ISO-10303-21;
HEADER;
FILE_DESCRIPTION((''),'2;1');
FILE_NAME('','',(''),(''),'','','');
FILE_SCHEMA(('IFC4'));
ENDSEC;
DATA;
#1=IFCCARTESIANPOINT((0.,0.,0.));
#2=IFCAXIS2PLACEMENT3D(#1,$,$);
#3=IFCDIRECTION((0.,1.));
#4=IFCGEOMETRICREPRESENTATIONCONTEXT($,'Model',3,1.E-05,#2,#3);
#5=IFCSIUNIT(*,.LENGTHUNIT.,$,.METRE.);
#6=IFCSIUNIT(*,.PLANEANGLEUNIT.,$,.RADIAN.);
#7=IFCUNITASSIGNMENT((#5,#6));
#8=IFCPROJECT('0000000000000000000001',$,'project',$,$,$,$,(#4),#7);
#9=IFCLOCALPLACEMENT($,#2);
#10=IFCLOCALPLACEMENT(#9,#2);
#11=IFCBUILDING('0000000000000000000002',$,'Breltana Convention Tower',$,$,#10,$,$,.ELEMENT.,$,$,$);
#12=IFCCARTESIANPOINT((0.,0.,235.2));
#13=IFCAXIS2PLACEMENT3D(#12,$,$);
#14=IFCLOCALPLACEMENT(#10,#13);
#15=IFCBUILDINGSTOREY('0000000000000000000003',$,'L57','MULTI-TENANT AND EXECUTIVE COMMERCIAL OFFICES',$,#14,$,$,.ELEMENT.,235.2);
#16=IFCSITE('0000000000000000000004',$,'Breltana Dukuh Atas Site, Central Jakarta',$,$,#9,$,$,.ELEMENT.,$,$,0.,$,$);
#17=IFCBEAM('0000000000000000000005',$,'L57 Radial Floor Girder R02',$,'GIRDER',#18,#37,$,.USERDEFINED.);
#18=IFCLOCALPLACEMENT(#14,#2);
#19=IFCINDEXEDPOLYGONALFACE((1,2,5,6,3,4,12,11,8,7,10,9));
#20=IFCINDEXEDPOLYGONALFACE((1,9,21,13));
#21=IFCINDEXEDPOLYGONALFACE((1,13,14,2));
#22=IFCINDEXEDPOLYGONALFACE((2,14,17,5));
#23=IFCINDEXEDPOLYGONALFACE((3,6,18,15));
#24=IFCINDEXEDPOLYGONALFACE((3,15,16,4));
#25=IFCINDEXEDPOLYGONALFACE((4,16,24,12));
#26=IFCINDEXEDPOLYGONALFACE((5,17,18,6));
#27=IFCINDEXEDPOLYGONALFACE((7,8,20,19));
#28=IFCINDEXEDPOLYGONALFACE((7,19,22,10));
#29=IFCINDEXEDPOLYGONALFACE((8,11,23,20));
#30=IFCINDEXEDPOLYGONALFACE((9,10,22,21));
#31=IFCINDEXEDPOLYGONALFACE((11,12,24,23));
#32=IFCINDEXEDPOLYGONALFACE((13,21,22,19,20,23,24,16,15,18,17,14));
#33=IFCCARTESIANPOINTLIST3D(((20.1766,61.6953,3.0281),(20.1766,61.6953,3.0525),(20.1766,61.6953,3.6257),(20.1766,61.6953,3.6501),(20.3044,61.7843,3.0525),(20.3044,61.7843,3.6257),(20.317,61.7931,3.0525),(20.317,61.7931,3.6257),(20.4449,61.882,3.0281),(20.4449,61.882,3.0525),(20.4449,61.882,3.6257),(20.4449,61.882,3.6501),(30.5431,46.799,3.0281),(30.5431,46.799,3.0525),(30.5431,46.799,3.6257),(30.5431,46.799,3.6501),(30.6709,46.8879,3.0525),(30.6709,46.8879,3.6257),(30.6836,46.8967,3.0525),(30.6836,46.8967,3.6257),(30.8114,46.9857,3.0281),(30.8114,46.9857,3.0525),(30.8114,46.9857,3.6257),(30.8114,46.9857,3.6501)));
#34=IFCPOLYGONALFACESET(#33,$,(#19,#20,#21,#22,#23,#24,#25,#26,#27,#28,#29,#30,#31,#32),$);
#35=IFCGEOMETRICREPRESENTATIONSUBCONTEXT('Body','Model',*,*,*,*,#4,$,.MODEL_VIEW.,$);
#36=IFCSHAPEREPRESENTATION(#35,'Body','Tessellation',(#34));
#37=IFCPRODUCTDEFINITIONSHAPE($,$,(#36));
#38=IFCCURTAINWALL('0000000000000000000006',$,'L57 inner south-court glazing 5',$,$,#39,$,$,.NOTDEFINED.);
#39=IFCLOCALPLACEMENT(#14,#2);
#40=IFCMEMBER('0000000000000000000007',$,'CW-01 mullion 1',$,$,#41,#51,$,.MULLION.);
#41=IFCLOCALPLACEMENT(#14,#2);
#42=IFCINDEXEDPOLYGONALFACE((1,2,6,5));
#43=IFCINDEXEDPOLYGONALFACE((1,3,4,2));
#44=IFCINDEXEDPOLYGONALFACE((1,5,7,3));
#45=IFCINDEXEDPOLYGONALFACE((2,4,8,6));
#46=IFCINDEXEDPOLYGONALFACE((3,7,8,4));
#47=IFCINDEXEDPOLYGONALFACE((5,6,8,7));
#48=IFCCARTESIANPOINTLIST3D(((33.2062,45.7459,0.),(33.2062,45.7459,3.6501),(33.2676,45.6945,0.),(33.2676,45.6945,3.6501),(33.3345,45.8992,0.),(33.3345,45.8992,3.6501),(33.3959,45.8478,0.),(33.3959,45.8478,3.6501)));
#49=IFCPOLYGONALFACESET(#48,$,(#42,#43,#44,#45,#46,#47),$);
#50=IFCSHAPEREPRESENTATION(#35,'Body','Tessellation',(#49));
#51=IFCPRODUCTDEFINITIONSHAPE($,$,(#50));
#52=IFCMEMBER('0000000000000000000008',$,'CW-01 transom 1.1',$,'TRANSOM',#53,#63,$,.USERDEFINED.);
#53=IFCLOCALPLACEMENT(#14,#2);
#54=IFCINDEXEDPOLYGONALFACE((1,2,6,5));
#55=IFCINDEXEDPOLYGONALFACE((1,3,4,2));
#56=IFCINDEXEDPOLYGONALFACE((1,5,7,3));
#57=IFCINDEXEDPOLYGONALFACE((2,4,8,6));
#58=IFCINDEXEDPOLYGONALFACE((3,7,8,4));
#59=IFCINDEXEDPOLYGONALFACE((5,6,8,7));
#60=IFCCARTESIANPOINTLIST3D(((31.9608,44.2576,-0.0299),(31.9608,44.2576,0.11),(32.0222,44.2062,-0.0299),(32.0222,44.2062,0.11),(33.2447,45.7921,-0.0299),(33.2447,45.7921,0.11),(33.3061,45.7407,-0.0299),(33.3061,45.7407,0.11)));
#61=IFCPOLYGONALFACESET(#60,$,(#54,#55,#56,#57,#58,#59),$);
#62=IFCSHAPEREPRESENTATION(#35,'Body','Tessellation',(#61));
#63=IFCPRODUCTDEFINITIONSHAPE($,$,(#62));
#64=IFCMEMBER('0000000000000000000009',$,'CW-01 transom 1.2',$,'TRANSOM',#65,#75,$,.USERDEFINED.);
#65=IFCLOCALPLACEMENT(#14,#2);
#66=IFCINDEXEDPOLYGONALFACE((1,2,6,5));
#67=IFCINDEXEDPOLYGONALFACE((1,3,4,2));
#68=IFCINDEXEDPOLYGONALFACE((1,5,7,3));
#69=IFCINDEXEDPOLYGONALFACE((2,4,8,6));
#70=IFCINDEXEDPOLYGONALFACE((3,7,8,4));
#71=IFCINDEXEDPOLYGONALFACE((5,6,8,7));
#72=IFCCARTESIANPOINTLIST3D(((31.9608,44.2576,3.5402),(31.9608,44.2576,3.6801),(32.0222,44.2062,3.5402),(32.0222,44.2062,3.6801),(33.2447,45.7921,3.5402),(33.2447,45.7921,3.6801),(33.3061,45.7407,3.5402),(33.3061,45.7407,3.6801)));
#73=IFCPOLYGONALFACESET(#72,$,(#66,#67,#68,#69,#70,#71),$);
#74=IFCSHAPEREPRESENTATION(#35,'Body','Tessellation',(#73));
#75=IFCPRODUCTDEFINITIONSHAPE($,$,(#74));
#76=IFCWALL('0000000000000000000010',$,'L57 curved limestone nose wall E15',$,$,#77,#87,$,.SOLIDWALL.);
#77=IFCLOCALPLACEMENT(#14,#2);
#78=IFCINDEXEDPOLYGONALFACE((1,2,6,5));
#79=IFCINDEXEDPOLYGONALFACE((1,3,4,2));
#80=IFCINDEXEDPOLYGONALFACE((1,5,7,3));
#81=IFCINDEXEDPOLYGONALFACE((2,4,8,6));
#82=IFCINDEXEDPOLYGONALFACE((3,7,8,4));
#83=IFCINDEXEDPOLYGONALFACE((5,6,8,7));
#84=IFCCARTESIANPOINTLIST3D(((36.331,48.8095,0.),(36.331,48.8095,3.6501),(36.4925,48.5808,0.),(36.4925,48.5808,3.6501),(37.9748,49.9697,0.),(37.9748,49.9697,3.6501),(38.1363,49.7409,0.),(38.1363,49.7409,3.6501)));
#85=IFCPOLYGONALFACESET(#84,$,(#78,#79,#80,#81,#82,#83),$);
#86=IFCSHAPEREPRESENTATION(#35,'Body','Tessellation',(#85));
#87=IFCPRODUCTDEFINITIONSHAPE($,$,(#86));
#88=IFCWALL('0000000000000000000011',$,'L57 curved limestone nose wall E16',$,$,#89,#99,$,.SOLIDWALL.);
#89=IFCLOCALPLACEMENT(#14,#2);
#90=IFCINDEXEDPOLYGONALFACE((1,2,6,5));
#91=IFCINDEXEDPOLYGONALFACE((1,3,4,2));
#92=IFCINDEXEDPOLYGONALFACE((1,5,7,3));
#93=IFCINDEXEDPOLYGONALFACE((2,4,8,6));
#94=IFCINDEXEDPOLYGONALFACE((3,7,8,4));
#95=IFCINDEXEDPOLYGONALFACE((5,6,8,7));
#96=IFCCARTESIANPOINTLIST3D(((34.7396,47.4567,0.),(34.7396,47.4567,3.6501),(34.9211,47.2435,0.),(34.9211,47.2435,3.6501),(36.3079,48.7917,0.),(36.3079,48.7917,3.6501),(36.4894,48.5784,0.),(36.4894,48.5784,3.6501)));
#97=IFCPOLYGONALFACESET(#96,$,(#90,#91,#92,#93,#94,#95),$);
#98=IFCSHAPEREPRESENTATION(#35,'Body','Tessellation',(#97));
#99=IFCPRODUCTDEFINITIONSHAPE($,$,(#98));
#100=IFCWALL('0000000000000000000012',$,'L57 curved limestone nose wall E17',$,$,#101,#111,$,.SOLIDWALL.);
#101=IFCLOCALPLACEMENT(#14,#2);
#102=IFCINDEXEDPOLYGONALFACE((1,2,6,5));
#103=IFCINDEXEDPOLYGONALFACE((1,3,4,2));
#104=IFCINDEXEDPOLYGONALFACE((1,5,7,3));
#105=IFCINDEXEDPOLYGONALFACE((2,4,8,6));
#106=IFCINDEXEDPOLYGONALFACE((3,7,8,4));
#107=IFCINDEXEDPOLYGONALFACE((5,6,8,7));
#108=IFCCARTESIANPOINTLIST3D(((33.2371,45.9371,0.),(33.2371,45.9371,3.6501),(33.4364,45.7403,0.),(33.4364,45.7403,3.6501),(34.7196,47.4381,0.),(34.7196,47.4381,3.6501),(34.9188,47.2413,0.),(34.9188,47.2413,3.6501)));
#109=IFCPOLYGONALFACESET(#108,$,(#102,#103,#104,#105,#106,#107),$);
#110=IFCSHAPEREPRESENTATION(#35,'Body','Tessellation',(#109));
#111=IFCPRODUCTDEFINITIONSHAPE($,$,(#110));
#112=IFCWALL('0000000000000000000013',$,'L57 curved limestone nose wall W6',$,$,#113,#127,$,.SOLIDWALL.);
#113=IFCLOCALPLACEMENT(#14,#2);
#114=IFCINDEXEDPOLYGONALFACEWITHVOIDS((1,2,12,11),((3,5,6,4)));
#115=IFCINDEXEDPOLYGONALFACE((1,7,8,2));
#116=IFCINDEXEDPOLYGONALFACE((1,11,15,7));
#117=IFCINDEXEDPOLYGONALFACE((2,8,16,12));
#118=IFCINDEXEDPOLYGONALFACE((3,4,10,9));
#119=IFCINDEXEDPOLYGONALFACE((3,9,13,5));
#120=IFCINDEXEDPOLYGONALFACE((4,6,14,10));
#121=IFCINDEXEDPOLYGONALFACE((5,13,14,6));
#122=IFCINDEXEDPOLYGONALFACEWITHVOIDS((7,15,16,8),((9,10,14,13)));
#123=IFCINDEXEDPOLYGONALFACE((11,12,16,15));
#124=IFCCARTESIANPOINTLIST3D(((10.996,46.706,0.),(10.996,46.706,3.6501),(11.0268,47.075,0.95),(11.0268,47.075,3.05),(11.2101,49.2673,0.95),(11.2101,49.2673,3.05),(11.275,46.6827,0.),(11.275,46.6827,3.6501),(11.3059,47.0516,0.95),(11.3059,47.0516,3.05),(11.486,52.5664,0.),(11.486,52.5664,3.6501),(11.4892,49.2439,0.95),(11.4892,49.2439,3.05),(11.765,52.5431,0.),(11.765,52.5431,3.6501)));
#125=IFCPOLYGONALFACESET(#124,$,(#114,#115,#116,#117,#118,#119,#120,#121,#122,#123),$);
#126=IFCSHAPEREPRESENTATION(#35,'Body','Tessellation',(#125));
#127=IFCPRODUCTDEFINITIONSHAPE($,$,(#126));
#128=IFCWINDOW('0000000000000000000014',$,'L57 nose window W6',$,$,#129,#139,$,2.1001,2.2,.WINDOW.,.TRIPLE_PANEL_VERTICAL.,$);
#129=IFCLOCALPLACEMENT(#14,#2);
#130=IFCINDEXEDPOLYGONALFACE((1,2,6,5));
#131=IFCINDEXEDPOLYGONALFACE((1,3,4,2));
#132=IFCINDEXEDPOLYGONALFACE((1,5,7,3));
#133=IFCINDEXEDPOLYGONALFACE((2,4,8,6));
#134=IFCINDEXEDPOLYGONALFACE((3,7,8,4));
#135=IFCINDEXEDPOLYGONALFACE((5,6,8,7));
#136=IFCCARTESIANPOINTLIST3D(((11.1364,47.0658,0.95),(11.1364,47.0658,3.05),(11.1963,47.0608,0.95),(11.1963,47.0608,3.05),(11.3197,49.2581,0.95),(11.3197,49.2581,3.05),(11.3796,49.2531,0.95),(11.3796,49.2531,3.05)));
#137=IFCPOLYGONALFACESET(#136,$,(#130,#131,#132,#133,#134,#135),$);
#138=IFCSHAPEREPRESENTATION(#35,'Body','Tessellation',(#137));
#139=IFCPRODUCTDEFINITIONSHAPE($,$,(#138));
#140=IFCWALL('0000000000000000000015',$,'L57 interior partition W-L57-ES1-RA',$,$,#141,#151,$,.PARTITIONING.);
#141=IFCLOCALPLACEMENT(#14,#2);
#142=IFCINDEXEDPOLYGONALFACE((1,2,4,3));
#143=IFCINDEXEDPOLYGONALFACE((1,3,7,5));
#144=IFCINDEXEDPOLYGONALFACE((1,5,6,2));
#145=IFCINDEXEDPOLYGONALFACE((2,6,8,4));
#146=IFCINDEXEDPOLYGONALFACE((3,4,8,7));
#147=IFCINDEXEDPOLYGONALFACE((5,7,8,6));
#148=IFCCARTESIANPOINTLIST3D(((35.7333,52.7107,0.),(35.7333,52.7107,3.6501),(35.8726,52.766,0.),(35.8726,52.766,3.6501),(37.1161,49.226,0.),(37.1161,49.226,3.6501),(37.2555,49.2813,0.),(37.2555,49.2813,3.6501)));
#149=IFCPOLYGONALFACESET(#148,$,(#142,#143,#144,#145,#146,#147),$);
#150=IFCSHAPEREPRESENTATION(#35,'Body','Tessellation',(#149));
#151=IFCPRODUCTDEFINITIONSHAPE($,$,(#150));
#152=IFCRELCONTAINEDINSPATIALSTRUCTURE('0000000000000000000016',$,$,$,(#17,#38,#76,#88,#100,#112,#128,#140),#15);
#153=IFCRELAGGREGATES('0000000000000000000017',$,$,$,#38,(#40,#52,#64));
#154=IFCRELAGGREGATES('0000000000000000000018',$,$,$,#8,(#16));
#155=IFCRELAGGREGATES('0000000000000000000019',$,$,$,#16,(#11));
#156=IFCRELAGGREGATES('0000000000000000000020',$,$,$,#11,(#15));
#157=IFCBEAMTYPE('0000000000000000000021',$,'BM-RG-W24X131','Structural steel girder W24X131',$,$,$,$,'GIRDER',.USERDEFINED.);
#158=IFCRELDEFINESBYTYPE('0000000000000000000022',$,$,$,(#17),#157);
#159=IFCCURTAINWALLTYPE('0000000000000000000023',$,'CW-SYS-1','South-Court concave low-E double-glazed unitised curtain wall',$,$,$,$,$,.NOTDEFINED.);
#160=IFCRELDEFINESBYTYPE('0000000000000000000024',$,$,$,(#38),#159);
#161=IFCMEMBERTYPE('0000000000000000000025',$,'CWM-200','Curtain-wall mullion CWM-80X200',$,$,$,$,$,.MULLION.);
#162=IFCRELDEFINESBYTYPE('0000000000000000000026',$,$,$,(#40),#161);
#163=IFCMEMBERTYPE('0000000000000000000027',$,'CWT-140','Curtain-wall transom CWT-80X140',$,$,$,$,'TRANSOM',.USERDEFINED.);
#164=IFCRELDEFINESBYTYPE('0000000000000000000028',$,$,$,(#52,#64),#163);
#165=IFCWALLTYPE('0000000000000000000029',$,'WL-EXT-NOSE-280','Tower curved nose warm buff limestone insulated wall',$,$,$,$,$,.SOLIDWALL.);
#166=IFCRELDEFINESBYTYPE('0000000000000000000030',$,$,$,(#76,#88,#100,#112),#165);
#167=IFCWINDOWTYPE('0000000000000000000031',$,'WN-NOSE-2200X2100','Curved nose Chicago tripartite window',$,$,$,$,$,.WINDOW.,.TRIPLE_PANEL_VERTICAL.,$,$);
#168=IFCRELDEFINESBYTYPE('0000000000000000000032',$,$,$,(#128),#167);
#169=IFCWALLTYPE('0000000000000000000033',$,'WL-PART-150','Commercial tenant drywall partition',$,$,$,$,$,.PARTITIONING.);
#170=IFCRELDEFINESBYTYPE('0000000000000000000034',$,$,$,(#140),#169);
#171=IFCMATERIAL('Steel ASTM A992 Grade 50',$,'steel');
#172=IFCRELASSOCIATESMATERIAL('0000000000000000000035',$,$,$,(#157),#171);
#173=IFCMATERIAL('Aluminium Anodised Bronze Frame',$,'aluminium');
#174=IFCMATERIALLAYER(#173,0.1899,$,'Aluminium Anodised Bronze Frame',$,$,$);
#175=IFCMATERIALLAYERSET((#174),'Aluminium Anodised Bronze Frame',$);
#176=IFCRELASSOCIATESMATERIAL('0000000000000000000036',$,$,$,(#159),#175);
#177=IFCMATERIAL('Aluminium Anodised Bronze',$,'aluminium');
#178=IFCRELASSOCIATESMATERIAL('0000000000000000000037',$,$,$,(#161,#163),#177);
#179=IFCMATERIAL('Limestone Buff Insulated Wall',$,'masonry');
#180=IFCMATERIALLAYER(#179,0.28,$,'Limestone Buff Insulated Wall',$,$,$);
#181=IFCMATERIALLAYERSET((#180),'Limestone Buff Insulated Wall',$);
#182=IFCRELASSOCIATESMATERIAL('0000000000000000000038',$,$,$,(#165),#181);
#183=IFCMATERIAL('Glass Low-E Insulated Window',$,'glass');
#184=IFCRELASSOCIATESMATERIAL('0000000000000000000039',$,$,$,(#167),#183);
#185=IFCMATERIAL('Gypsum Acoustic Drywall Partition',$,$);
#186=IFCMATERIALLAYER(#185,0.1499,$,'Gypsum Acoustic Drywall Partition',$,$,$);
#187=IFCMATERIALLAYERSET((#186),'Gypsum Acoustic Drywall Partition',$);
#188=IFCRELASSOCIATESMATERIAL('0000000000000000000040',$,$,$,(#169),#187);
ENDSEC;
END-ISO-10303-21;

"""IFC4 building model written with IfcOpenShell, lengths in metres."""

from ifc_helpers import new_model, si_unit, direction, frame, frame_2d, origin, origin_2d, place, context, subcontext, project, spatial, rectangle, i_section, extrude, source, transform, mapped, material, layer, layer_set, material_profile, profile_set, type_object, type_shapes, element, fill, aggregate, save


model = new_model("IFC4")

# Units and contexts
model_context = context("Model", 3, precision=1e-05, world=origin(), true_north=direction((0.0, 1.0)))
body_context = subcontext(model_context, "Body", "Model", "MODEL_VIEW")
ifc_project = project(units=[si_unit("LENGTHUNIT", "METRE"), si_unit("PLANEANGLEUNIT", "RADIAN")], contexts=[model_context])

# Site, building, storey
site_placement = place(None, origin())
site = spatial("IfcSite", under=ifc_project, at=site_placement, Name="Breltana Dukuh Atas Site, Central Jakarta", CompositionType="ELEMENT", RefElevation=0.0)
building_placement = place(site_placement, origin())
building = spatial("IfcBuilding", under=site, at=building_placement, Name="Breltana Convention Tower", CompositionType="ELEMENT")
storey_placement = place(building_placement, frame((0.0, 0.0, 235.2)))
storey = spatial("IfcBuildingStorey", under=building, at=storey_placement, Name="L57", Description="MULTI-TENANT AND EXECUTIVE COMMERCIAL OFFICES", CompositionType="ELEMENT", Elevation=235.2)

# Shared definitions
ifc_material_1 = material(Name="Steel ASTM A992 Grade 50", Category="steel")

# Beam
ifc_material_profile_1 = material_profile(ifc_material_1, i_section(OverallWidth=0.3269, OverallDepth=0.6221, WebThickness=0.0154, FlangeThickness=0.0244, at=origin_2d()), Name="W24X131")
ifc_profile_set_1 = profile_set([ifc_material_profile_1], Name="Steel ASTM A992 Grade 50")
beam_type_1 = type_object("IfcBeamType", Name="BM-RG-W24X131", Description="Structural steel girder W24X131", ElementType="GIRDER", PredefinedType="USERDEFINED", material=ifc_profile_set_1)
shared_shape_1 = source(origin(), body_context, "Body", "SweptSolid", [
    extrude(i_section(OverallWidth=0.3269, OverallDepth=0.6221, WebThickness=0.0154, FlangeThickness=0.0244, at=origin_2d()), origin(), (0.0, 0.0, 1.0), 18.1484),
])
beam_1_placement = place(storey_placement, frame((30.6772, 46.8923, 3.3391), z_axis=(-0.571208, 0.820806, 0.0), x_axis=(-0.820806, -0.571208, 0.0)))
element("IfcBeam", 1, at=beam_1_placement, inside=storey, type_object=beam_type_1, Name="L57 Radial Floor Girder R02", ObjectType="GIRDER", PredefinedType="USERDEFINED", context=body_context, shape_type="MappedRepresentation", body=[
    mapped(shared_shape_1, transform((0.0, 0.0, 0.0), scale=1.0)),
])

# Curtain wall, members
ifc_material_2 = material(Name="Aluminium Anodised Bronze Frame", Category="aluminium")
ifc_layer_1 = layer(ifc_material_2, 0.1899, Name="Aluminium Anodised Bronze Frame")
ifc_layer_set_1 = layer_set([ifc_layer_1], Name="Aluminium Anodised Bronze Frame")
curtain_wall_type = type_object("IfcCurtainWallType", Name="CW-SYS-1", Description="South-Court concave low-E double-glazed unitised curtain wall", PredefinedType="NOTDEFINED", material=ifc_layer_set_1)
curtain_wall_placement = place(storey_placement, origin())
curtain_wall = element("IfcCurtainWall", 2, at=curtain_wall_placement, inside=storey, type_object=curtain_wall_type, Name="L57 inner south-court glazing 5", PredefinedType="NOTDEFINED")
ifc_material_3 = material(Name="Aluminium Anodised Bronze", Category="aluminium")
ifc_material_profile_2 = material_profile(ifc_material_3, rectangle(XDim=0.0801, YDim=0.2, at=origin_2d()), Name="CWM-80X200")
ifc_profile_set_2 = profile_set([ifc_material_profile_2], Name="Aluminium Anodised Bronze")
member_type_1 = type_object("IfcMemberType", Name="CWM-200", Description="Curtain-wall mullion CWM-80X200", PredefinedType="MULLION", material=ifc_profile_set_2)
shared_shape_2 = source(origin(), body_context, "Body", "SweptSolid", [
    extrude(rectangle(XDim=0.0801, YDim=0.2, at=origin_2d()), origin(), (0.0, 0.0, 1.0), 3.6501),
])
member_1_placement = place(storey_placement, frame((33.301, 45.7969, 0.0), z_axis=(0.0, 0.0, 1.0), x_axis=(0.766884, -0.641785, 0.0)))
member_1 = element("IfcMember", 3, at=member_1_placement, type_object=member_type_1, Name="CW-01 mullion 1", PredefinedType="MULLION", context=body_context, shape_type="MappedRepresentation", body=[
    mapped(shared_shape_2, transform((0.0, 0.0, 0.0), scale=1.0)),
])
ifc_material_profile_3 = material_profile(ifc_material_3, rectangle(XDim=0.0801, YDim=0.1399, at=origin_2d()), Name="CWT-80X140")
ifc_profile_set_3 = profile_set([ifc_material_profile_3], Name="Aluminium Anodised Bronze")
member_type_2 = type_object("IfcMemberType", Name="CWT-140", Description="Curtain-wall transom CWT-80X140", ElementType="TRANSOM", PredefinedType="USERDEFINED", material=ifc_profile_set_3)
shared_shape_3 = source(origin(), body_context, "Body", "SweptSolid", [
    extrude(rectangle(XDim=0.0801, YDim=0.1399, at=origin_2d()), origin(), (0.0, 0.0, 1.0), 2.0007),
])
member_2_placement = place(storey_placement, frame((33.2754, 45.7664, 0.04), z_axis=(-0.641731, -0.766929, 0.0), x_axis=(0.766929, -0.641731, 0.0)))
member_2 = element("IfcMember", 4, at=member_2_placement, type_object=member_type_2, Name="CW-01 transom 1.1", ObjectType="TRANSOM", PredefinedType="USERDEFINED", context=body_context, shape_type="MappedRepresentation", body=[
    mapped(shared_shape_3, transform((0.0, 0.0, 0.0), scale=1.0)),
])
member_3_placement = place(storey_placement, frame((33.2754, 45.7664, 3.6101), z_axis=(-0.641731, -0.766929, 0.0), x_axis=(0.766929, -0.641731, 0.0)))
member_3 = element("IfcMember", 5, at=member_3_placement, type_object=member_type_2, Name="CW-01 transom 1.2", ObjectType="TRANSOM", PredefinedType="USERDEFINED", context=body_context, shape_type="MappedRepresentation", body=[
    mapped(shared_shape_3, transform((0.0, 0.0, 0.0), scale=1.0)),
])
aggregate(curtain_wall, [member_1, member_2, member_3])

# Walls
ifc_material_4 = material(Name="Limestone Buff Insulated Wall", Category="masonry")
ifc_layer_2 = layer(ifc_material_4, 0.28, Name="Limestone Buff Insulated Wall")
ifc_layer_set_2 = layer_set([ifc_layer_2], Name="Limestone Buff Insulated Wall")
wall_type_1 = type_object("IfcWallType", Name="WL-EXT-NOSE-280", Description="Tower curved nose warm buff limestone insulated wall", PredefinedType="SOLIDWALL", material=ifc_layer_set_2)
shared_shape_4 = source(origin(), body_context, "Body", "SweptSolid", [
    extrude(rectangle(XDim=2.012, YDim=0.28, at=frame_2d((1.0059, 0.0))), origin(), (0.0, 0.0, 1.0), 3.6501),
])
wall_1_placement = place(storey_placement, frame((38.0554, 49.8552, 0.0), z_axis=(0.0, 0.0, 1.0), x_axis=(-0.817008, -0.576626, 0.0)))
element("IfcWall", 6, at=wall_1_placement, inside=storey, type_object=wall_type_1, Name="L57 curved limestone nose wall E15", PredefinedType="SOLIDWALL", context=body_context, shape_type="MappedRepresentation", body=[
    mapped(shared_shape_4, transform((0.0, 0.0, 0.0), scale=1.0)),
])
shared_shape_5 = source(origin(), body_context, "Body", "SweptSolid", [
    extrude(rectangle(XDim=2.0596, YDim=0.28, at=frame_2d((1.0298, 0.0))), origin(), (0.0, 0.0, 1.0), 3.6501),
])
wall_2_placement = place(storey_placement, frame((36.3987, 48.6851, 0.0), z_axis=(0.0, 0.0, 1.0), x_axis=(-0.761495, -0.648171, 0.0)))
element("IfcWall", 7, at=wall_2_placement, inside=storey, type_object=wall_type_1, Name="L57 curved limestone nose wall E16", PredefinedType="SOLIDWALL", context=body_context, shape_type="MappedRepresentation", body=[
    mapped(shared_shape_5, transform((0.0, 0.0, 0.0), scale=1.0)),
])
shared_shape_6 = source(origin(), body_context, "Body", "SweptSolid", [
    extrude(rectangle(XDim=2.1096, YDim=0.28, at=frame_2d((1.0547, 0.0))), origin(), (0.0, 0.0, 1.0), 3.6501),
])
wall_3_placement = place(storey_placement, frame((34.8191, 47.3396, 0.0), z_axis=(0.0, 0.0, 1.0), x_axis=(-0.702695, -0.711491, 0.0)))
element("IfcWall", 8, at=wall_3_placement, inside=storey, type_object=wall_type_1, Name="L57 curved limestone nose wall E17", PredefinedType="SOLIDWALL", context=body_context, shape_type="MappedRepresentation", body=[
    mapped(shared_shape_6, transform((0.0, 0.0, 0.0), scale=1.0)),
])

# Wall, opening, window
shared_shape_7 = source(origin(), body_context, "Body", "SweptSolid", [
    extrude(rectangle(XDim=5.8809, YDim=0.28, at=frame_2d((2.9404, 0.0))), origin(), (0.0, 0.0, 1.0), 3.6501),
])
wall_4_placement = place(storey_placement, frame((11.1355, 46.6943, 0.0), z_axis=(0.0, 0.0, 1.0), x_axis=(0.08332, 0.996523, 0.0)))
wall_4 = element("IfcWall", 9, at=wall_4_placement, inside=storey, type_object=wall_type_1, Name="L57 curved limestone nose wall W6", PredefinedType="SOLIDWALL", context=body_context, shape_type="MappedRepresentation", body=[
    mapped(shared_shape_7, transform((0.0, 0.0, 0.0), scale=1.0)),
])
opening_placement = place(wall_4_placement, frame((0.3701, 0.0, 0.95)))
opening = element("IfcOpeningElement", 10, at=opening_placement, cuts=wall_4, PredefinedType="OPENING", context=body_context, shape_type="SweptSolid", body=[
    extrude(rectangle(XDim=2.2, YDim=2.1001, at=frame_2d((1.1001, 1.05))), frame((0.0, 0.1499, 0.0), z_axis=(0.0, -1.0, 0.0), x_axis=(1.0, 0.0, 0.0)), (0.0, 0.0, 1.0), 0.3),
])
ifc_material_5 = material(Name="Glass Low-E Insulated Window", Category="glass")
window_type = type_object("IfcWindowType", Name="WN-NOSE-2200X2100", Description="Curved nose Chicago tripartite window", PartitioningType="TRIPLE_PANEL_VERTICAL", PredefinedType="WINDOW", material=ifc_material_5)
shared_shape_8 = source(origin(), body_context, "Body", "SweptSolid", [
    extrude(rectangle(XDim=2.2, YDim=2.1001, at=frame_2d((1.1001, 1.05))), frame((0.0, 0.03, 0.0), z_axis=(0.0, -1.0, 0.0), x_axis=(1.0, 0.0, 0.0)), (0.0, 0.0, 1.0), 0.0601),
])
type_shapes(window_type, [shared_shape_8])
window_placement = place(opening_placement, origin())
window = element("IfcWindow", 11, at=window_placement, inside=storey, type_object=window_type, Name="L57 nose window W6", OverallHeight=2.1001, OverallWidth=2.2, PartitioningType="TRIPLE_PANEL_VERTICAL", PredefinedType="WINDOW", context=body_context, shape_type="MappedRepresentation", body=[
    mapped(shared_shape_8, transform((0.0, 0.0, 0.0), scale=1.0)),
])
fill(opening, window)

# Wall
ifc_material_6 = material(Name="Gypsum Acoustic Drywall Partition")
ifc_layer_3 = layer(ifc_material_6, 0.1499, Name="Gypsum Acoustic Drywall Partition")
ifc_layer_set_3 = layer_set([ifc_layer_3], Name="Gypsum Acoustic Drywall Partition")
wall_type_2 = type_object("IfcWallType", Name="WL-PART-150", Description="Commercial tenant drywall partition", PredefinedType="PARTITIONING", material=ifc_layer_set_3)
shared_shape_9 = source(origin(), body_context, "Body", "SweptSolid", [
    extrude(rectangle(XDim=3.749, YDim=0.1499, at=frame_2d((1.8745, 0.0))), origin(), (0.0, 0.0, 1.0), 3.6501),
])
wall_5_placement = place(storey_placement, frame((37.1858, 49.2537, 0.0), z_axis=(0.0, 0.0, 1.0), x_axis=(-0.368852, 0.929488, 0.0)))
element("IfcWall", 12, at=wall_5_placement, inside=storey, type_object=wall_type_2, Name="L57 interior partition W-L57-ES1-RA", PredefinedType="PARTITIONING", context=body_context, shape_type="MappedRepresentation", body=[
    mapped(shared_shape_9, transform((0.0, 0.0, 0.0), scale=1.0)),
])

save(model, "model.ifc")
